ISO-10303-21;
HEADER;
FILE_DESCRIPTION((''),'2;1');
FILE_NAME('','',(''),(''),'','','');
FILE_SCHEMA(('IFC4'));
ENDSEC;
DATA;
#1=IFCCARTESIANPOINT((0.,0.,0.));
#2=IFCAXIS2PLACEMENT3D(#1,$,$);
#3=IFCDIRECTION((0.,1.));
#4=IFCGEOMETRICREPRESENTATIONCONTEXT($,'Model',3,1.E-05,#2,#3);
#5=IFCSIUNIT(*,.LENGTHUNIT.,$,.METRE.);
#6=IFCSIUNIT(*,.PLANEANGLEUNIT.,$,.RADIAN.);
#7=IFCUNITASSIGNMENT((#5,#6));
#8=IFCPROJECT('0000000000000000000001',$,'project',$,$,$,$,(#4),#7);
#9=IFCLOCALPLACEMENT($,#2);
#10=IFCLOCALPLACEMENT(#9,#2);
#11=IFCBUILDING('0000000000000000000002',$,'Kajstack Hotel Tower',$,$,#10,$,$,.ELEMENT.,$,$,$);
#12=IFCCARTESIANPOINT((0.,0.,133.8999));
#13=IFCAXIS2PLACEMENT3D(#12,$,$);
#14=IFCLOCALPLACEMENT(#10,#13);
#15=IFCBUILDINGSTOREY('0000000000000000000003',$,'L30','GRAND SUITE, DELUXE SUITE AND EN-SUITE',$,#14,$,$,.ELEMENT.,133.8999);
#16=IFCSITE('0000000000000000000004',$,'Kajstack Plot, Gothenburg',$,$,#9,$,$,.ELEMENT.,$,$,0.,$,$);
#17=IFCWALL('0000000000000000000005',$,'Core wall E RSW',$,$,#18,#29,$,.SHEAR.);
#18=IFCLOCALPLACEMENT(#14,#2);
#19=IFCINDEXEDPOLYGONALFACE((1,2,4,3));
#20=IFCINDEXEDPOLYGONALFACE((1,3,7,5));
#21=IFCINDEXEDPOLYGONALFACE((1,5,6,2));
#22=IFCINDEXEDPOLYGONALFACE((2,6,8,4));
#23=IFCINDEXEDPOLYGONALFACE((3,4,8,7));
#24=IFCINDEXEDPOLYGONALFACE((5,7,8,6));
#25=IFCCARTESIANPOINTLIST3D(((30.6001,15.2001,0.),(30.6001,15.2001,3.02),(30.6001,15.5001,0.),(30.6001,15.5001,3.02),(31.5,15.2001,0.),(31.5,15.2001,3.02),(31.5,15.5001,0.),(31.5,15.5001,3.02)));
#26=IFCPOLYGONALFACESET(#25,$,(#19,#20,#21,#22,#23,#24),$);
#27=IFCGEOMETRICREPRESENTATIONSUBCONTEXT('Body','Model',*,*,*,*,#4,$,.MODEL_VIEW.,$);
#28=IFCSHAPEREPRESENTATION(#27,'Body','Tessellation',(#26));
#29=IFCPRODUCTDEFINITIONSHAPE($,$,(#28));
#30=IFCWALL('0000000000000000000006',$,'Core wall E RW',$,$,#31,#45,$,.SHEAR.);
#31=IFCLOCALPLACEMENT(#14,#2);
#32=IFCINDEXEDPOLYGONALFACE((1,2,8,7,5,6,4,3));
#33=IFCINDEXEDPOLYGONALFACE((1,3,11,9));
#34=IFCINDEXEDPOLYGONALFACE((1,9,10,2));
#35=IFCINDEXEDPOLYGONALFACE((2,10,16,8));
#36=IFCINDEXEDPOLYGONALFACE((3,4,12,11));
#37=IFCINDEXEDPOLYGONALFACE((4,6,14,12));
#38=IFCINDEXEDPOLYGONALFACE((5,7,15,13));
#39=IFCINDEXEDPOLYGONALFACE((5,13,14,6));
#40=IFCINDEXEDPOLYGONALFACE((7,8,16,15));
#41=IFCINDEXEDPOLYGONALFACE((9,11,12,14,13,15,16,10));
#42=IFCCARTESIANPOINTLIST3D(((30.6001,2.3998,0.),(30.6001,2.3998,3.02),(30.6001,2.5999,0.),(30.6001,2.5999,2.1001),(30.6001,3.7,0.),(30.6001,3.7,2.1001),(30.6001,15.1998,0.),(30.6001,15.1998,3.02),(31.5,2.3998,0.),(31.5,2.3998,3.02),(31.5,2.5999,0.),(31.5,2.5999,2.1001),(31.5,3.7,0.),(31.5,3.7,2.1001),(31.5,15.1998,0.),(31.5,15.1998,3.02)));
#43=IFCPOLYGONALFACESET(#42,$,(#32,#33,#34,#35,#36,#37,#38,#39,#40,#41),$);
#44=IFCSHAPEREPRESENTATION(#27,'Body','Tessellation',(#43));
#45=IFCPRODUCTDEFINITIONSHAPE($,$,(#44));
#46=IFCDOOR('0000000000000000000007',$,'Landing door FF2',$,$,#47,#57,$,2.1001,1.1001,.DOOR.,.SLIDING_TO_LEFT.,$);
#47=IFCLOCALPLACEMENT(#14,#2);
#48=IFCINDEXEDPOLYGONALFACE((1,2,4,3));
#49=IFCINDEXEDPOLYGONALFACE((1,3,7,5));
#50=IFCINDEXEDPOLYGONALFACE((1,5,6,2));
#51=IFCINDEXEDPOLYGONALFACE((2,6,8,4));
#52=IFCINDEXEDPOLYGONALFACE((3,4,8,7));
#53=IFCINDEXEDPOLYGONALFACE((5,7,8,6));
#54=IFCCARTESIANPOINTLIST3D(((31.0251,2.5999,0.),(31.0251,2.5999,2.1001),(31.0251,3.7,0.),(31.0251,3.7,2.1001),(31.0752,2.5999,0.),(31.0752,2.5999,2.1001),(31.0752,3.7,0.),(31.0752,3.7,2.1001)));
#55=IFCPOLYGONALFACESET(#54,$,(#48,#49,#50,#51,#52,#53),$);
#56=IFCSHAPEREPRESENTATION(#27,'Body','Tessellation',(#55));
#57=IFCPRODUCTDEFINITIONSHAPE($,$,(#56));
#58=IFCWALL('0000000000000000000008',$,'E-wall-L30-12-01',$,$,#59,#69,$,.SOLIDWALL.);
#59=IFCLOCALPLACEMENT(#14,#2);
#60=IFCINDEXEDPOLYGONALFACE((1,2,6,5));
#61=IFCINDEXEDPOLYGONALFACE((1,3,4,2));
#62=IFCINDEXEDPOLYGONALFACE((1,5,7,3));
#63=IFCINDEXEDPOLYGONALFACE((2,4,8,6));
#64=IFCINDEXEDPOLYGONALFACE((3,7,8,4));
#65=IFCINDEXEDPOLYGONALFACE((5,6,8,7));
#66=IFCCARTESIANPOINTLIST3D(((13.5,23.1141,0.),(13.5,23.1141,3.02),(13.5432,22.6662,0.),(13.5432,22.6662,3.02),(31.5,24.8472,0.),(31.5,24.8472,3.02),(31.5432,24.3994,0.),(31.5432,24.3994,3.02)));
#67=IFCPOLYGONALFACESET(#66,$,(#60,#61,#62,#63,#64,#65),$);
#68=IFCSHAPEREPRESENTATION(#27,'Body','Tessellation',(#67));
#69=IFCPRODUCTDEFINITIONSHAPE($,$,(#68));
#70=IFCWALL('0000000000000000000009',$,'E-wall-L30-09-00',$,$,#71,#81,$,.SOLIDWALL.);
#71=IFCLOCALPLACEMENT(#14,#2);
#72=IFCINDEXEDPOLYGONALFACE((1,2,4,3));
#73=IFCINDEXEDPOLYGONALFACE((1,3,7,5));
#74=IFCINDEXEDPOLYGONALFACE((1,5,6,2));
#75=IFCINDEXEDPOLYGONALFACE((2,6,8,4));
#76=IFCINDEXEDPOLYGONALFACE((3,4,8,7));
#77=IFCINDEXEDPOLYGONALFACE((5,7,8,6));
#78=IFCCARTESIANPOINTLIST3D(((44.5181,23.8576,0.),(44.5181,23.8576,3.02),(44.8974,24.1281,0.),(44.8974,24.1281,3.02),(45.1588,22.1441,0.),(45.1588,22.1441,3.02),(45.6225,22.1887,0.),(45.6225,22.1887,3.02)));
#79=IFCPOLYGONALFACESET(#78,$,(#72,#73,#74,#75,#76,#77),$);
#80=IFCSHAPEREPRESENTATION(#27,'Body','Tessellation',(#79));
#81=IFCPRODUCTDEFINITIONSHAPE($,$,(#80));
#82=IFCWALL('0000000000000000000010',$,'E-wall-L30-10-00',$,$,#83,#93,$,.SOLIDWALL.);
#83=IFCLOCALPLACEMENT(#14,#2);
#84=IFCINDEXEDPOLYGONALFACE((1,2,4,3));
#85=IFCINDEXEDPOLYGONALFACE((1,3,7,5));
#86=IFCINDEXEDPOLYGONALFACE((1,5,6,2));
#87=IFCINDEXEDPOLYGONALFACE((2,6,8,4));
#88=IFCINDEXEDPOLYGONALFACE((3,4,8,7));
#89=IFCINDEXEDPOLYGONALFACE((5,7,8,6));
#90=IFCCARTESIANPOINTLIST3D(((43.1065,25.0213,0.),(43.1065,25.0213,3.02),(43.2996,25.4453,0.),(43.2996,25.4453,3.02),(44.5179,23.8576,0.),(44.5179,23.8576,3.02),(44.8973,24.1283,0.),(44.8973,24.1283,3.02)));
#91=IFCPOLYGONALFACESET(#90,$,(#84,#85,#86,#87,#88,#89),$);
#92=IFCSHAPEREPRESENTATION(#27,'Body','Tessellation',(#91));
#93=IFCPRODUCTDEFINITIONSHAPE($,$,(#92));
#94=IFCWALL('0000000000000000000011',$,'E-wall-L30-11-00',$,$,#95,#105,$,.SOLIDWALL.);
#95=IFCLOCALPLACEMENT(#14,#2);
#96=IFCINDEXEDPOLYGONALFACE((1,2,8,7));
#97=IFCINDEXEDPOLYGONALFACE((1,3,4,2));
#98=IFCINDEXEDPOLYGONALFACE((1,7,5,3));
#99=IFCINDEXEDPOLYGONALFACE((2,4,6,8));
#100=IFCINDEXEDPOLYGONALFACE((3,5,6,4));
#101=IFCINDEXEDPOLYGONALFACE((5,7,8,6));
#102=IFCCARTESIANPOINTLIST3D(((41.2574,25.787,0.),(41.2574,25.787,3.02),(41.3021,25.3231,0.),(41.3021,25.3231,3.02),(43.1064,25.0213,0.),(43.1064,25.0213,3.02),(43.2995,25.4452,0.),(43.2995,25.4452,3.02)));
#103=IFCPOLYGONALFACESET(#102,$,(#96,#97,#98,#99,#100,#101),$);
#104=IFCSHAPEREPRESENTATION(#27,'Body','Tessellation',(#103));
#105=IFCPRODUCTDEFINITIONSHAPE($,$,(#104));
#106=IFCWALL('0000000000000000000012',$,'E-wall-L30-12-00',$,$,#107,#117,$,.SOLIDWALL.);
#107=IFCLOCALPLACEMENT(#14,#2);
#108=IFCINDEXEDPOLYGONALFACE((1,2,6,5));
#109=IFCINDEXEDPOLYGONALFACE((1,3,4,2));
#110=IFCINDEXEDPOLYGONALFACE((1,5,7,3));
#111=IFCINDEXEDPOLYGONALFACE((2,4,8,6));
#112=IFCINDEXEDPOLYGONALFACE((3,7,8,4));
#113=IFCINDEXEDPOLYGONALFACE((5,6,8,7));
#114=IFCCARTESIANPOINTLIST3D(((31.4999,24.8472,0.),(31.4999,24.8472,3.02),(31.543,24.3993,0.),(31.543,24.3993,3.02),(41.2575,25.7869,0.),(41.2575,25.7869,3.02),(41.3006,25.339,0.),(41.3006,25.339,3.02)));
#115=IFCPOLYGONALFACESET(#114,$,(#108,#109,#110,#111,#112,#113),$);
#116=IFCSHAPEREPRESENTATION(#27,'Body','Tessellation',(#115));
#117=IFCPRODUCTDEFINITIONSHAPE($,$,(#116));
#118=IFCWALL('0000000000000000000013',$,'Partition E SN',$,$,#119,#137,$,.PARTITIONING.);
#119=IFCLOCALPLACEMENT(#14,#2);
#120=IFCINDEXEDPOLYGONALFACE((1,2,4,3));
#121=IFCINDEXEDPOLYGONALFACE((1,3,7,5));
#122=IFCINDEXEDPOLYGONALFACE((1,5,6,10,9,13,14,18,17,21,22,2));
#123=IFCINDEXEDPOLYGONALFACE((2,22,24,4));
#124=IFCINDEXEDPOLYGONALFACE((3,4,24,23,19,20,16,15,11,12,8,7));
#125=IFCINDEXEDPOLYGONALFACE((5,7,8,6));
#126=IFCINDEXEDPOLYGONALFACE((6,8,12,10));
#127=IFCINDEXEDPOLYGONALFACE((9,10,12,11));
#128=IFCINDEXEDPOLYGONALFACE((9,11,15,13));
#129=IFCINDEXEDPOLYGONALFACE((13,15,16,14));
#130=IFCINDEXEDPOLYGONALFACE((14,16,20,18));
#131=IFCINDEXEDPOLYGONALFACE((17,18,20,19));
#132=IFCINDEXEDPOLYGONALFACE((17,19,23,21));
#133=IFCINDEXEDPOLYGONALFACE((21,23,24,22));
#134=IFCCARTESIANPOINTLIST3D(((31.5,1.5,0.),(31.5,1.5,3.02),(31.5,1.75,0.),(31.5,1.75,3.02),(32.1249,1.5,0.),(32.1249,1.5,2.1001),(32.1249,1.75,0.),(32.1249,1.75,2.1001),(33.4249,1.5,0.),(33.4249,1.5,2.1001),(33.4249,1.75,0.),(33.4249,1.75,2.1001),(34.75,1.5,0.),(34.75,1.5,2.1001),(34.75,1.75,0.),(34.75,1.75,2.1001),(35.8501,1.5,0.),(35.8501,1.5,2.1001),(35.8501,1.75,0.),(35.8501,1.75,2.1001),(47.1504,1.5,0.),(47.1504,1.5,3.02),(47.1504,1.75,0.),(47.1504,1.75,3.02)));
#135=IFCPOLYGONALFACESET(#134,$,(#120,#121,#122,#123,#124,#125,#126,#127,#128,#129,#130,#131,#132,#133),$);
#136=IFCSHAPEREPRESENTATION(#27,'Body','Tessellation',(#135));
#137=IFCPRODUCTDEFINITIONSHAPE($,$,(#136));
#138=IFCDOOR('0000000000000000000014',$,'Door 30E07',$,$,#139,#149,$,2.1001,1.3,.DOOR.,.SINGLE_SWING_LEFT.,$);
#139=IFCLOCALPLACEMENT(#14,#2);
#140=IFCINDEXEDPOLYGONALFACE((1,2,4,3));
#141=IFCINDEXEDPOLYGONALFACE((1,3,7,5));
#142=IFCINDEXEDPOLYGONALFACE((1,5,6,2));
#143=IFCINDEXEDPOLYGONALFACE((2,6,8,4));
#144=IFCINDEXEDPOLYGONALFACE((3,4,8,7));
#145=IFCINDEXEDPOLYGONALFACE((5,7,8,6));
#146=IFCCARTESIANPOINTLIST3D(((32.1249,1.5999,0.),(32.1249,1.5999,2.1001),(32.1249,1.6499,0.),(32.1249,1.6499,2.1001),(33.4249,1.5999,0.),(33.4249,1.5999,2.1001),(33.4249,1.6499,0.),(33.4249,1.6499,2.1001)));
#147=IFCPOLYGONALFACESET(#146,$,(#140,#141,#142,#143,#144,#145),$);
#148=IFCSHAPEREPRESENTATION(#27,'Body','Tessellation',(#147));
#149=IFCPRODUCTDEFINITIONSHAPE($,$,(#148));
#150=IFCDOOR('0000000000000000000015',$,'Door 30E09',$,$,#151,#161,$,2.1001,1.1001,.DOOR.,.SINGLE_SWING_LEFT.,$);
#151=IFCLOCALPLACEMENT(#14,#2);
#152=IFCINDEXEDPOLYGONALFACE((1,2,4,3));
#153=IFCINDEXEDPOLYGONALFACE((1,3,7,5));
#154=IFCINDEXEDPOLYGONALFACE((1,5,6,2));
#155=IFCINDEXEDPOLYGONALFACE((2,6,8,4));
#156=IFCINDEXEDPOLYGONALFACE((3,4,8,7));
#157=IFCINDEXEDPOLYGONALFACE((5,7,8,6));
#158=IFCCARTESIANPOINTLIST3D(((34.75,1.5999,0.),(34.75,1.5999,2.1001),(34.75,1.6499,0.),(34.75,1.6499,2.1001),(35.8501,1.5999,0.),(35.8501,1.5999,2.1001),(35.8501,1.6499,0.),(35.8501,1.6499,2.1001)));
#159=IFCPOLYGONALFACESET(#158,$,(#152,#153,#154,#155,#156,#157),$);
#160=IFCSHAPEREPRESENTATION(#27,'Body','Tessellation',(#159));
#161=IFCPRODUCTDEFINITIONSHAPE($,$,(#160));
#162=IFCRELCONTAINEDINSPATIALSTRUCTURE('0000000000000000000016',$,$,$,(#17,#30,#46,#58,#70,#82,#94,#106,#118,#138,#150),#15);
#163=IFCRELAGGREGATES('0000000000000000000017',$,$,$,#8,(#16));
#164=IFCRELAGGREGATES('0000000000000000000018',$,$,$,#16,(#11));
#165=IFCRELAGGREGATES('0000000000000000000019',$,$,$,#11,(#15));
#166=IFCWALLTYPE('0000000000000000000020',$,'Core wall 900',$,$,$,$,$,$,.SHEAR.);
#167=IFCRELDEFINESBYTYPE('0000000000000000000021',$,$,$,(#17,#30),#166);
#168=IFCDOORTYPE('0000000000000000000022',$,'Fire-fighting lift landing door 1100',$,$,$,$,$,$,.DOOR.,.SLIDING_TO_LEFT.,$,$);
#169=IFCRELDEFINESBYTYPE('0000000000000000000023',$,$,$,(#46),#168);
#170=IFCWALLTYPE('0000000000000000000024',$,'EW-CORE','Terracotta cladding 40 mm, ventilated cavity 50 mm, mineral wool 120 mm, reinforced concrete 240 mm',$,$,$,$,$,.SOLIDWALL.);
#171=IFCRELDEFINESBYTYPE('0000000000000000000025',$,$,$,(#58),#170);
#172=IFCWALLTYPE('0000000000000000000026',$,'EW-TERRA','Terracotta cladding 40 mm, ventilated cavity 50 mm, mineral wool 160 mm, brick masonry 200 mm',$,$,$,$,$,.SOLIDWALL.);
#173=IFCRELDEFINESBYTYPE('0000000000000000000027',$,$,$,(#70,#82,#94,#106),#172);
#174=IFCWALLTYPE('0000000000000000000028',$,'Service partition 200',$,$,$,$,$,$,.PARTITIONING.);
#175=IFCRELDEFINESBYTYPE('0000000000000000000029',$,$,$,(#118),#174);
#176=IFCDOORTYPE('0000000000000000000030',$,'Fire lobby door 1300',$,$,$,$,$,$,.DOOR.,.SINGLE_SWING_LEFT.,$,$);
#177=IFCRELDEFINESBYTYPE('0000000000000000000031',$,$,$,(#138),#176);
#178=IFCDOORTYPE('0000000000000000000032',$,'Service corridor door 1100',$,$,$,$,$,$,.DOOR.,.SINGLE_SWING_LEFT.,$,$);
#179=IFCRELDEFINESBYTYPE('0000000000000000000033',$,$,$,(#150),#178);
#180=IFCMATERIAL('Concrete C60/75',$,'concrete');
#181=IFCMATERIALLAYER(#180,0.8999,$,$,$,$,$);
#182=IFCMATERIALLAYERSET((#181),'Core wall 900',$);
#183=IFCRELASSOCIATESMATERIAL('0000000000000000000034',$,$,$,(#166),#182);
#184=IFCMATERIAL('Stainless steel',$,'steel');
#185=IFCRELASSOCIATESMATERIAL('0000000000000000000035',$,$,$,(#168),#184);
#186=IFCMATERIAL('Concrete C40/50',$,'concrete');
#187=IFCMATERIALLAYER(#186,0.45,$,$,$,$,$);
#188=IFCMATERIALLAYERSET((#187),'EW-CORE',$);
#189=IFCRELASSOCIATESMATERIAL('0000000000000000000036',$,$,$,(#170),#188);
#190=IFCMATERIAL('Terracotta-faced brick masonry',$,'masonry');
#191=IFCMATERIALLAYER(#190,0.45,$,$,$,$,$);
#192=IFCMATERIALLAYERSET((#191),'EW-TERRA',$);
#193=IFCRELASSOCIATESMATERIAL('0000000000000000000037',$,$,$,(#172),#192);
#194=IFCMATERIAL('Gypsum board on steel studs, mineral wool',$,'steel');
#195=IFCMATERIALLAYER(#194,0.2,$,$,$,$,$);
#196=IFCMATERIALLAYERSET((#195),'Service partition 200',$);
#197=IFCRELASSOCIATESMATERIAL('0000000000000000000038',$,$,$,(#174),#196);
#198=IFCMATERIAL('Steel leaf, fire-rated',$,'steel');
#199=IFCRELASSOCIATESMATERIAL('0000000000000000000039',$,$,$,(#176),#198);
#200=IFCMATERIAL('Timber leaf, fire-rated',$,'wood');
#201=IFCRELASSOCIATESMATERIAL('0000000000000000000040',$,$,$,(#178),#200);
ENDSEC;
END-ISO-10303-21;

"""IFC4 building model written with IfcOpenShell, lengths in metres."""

from ifc_helpers import new_model, si_unit, direction, frame, frame_2d, origin, place, context, subcontext, project, spatial, polyline, rectangle, outline, extrude, material, layer, layer_set, type_object, element, fill, save


model = new_model("IFC4")

# Units and contexts
model_context = context("Model", 3, precision=1e-05, world=origin(), true_north=direction((0.0, 1.0)))
body_context = subcontext(model_context, "Body", "Model", "MODEL_VIEW")
ifc_project = project(units=[si_unit("LENGTHUNIT", "METRE"), si_unit("PLANEANGLEUNIT", "RADIAN")], contexts=[model_context])

# Site, building, storey
site_placement = place(None, origin())
site = spatial("IfcSite", under=ifc_project, at=site_placement, Name="Kajstack Plot, Gothenburg", CompositionType="ELEMENT", RefElevation=0.0)
building_placement = place(site_placement, origin())
building = spatial("IfcBuilding", under=site, at=building_placement, Name="Kajstack Hotel Tower", CompositionType="ELEMENT")
storey_placement = place(building_placement, frame((0.0, 0.0, 133.8999)))
storey = spatial("IfcBuildingStorey", under=building, at=storey_placement, Name="L30", Description="GRAND SUITE, DELUXE SUITE AND EN-SUITE", CompositionType="ELEMENT", Elevation=133.8999)

# Wall
ifc_material_1 = material(Name="Concrete C60/75", Category="concrete")
ifc_layer_1 = layer(ifc_material_1, 0.8999)
ifc_layer_set_1 = layer_set([ifc_layer_1], Name="Core wall 900")
wall_type_1 = type_object("IfcWallType", Name="Core wall 900", PredefinedType="SHEAR", material=ifc_layer_set_1)
wall_1_placement = place(storey_placement, frame((30.6001, 15.3501, 0.0), z_axis=(0.0, 0.0, 1.0), x_axis=(1.0, 0.0, 0.0)))
element("IfcWall", 1, at=wall_1_placement, inside=storey, type_object=wall_type_1, Name="Core wall E RSW", PredefinedType="SHEAR", context=body_context, shape_type="SweptSolid", body=[
    extrude(rectangle(XDim=0.8999, YDim=0.3, at=frame_2d((0.45, 0.0))), origin(), (0.0, 0.0, 1.0), 3.02),
])

# Wall, opening, door
wall_2_placement = place(storey_placement, frame((31.05, 2.3999, 0.0), z_axis=(0.0, 0.0, 1.0), x_axis=(0.0, 1.0, 0.0)))
wall_2 = element("IfcWall", 2, at=wall_2_placement, inside=storey, type_object=wall_type_1, Name="Core wall E RW", PredefinedType="SHEAR", context=body_context, shape_type="SweptSolid", body=[
    extrude(rectangle(XDim=12.8, YDim=0.8999, at=frame_2d((6.3999, 0.0))), origin(), (0.0, 0.0, 1.0), 3.02),
])
opening_1_placement = place(wall_2_placement, frame((0.2, 0.0, 0.0)))
opening_1 = element("IfcOpeningElement", 3, at=opening_1_placement, cuts=wall_2, PredefinedType="OPENING", context=body_context, shape_type="SweptSolid", body=[
    extrude(rectangle(XDim=1.1001, YDim=2.1001, at=frame_2d((0.55, 1.05))), frame((0.0, 0.46, 0.0), z_axis=(0.0, -1.0, 0.0), x_axis=(1.0, 0.0, 0.0)), (0.0, 0.0, 1.0), 0.9199),
])
ifc_material_2 = material(Name="Stainless steel", Category="steel")
door_type_1 = type_object("IfcDoorType", Name="Fire-fighting lift landing door 1100", OperationType="SLIDING_TO_LEFT", PredefinedType="DOOR", material=ifc_material_2)
door_1_placement = place(opening_1_placement, origin())
door_1 = element("IfcDoor", 4, at=door_1_placement, inside=storey, type_object=door_type_1, Name="Landing door FF2", OperationType="SLIDING_TO_LEFT", OverallHeight=2.1001, OverallWidth=1.1001, PredefinedType="DOOR", context=body_context, shape_type="SweptSolid", body=[
    extrude(rectangle(XDim=1.1001, YDim=2.1001, at=frame_2d((0.55, 1.05))), frame((0.0, 0.0249, 0.0), z_axis=(0.0, -1.0, 0.0), x_axis=(1.0, 0.0, 0.0)), (0.0, 0.0, 1.0), 0.05),
])
fill(opening_1, door_1)

# Walls
ifc_material_3 = material(Name="Concrete C40/50", Category="concrete")
ifc_layer_2 = layer(ifc_material_3, 0.45)
ifc_layer_set_2 = layer_set([ifc_layer_2], Name="EW-CORE")
wall_type_2 = type_object("IfcWallType", Name="EW-CORE", Description="Terracotta cladding 40 mm, ventilated cavity 50 mm, mineral wool 120 mm, reinforced concrete 240 mm", PredefinedType="SOLIDWALL", material=ifc_layer_set_2)
wall_3_placement = place(storey_placement, frame((31.5215, 24.6233, 0.0), z_axis=(0.0, 0.0, 1.0), x_axis=(-0.995396, -0.095843, 0.0)))
element("IfcWall", 5, at=wall_3_placement, inside=storey, type_object=wall_type_2, Name="E-wall-L30-12-01", PredefinedType="SOLIDWALL", context=body_context, shape_type="SweptSolid", body=[
    extrude(rectangle(XDim=18.0833, YDim=0.45, at=frame_2d((9.0415, 0.0))), origin(), (0.0, 0.0, 1.0), 3.02),
])
ifc_material_4 = material(Name="Terracotta-faced brick masonry", Category="masonry")
ifc_layer_3 = layer(ifc_material_4, 0.45)
ifc_layer_set_3 = layer_set([ifc_layer_3], Name="EW-TERRA")
wall_type_3 = type_object("IfcWallType", Name="EW-TERRA", Description="Terracotta cladding 40 mm, ventilated cavity 50 mm, mineral wool 160 mm, brick masonry 200 mm", PredefinedType="SOLIDWALL", material=ifc_layer_set_3)
wall_4_placement = place(storey_placement, frame((45.4116, 22.1099, 0.0), z_axis=(0.0, 0.0, 1.0), x_axis=(-0.350193, 0.936678, 0.0)))
element("IfcWall", 6, at=wall_4_placement, inside=storey, type_object=wall_type_3, Name="E-wall-L30-09-00", PredefinedType="SOLIDWALL", context=body_context, shape_type="SweptSolid", body=[
    extrude(outline(polyline([(0.0, -0.2251), (2.0706, -0.2251), (1.95, 0.2249), (0.1206, 0.2249), (0.0, -0.2251)])), origin(), (0.0, 0.0, 1.0), 3.02),
])
wall_5_placement = place(storey_placement, frame((44.7542, 23.9546, 0.0), z_axis=(0.0, 0.0, 1.0), x_axis=(-0.771651, 0.636046, 0.0)))
element("IfcWall", 7, at=wall_5_placement, inside=storey, type_object=wall_type_3, Name="E-wall-L30-10-00", PredefinedType="SOLIDWALL", context=body_context, shape_type="SweptSolid", body=[
    extrude(outline(polyline([(0.0, -0.2251), (2.0706, -0.2251), (1.95, 0.2249), (0.1206, 0.2251), (0.0, -0.2251)])), origin(), (0.0, 0.0, 1.0), 3.02),
])
wall_6_placement = place(storey_placement, frame((43.2625, 25.2234, 0.0), z_axis=(0.0, 0.0, 1.0), x_axis=(-0.986298, 0.164973, 0.0)))
element("IfcWall", 8, at=wall_6_placement, inside=storey, type_object=wall_type_3, Name="E-wall-L30-11-00", PredefinedType="SOLIDWALL", context=body_context, shape_type="SweptSolid", body=[
    extrude(outline(polyline([(0.0, -0.2249), (2.0706, -0.2251), (1.95, 0.2251), (0.1206, 0.2251), (0.0, -0.2249)])), origin(), (0.0, 0.0, 1.0), 3.02),
])
wall_7_placement = place(storey_placement, frame((41.2791, 25.563, 0.0), z_axis=(0.0, 0.0, 1.0), x_axis=(-0.995395, -0.095861, 0.0)))
element("IfcWall", 9, at=wall_7_placement, inside=storey, type_object=wall_type_3, Name="E-wall-L30-12-00", PredefinedType="SOLIDWALL", context=body_context, shape_type="SweptSolid", body=[
    extrude(rectangle(XDim=9.8027, YDim=0.45, at=frame_2d((4.9014, 0.0))), origin(), (0.0, 0.0, 1.0), 3.02),
])

# Wall, openings, doors
ifc_material_5 = material(Name="Gypsum board on steel studs, mineral wool", Category="steel")
ifc_layer_4 = layer(ifc_material_5, 0.2)
ifc_layer_set_4 = layer_set([ifc_layer_4], Name="Service partition 200")
wall_type_4 = type_object("IfcWallType", Name="Service partition 200", PredefinedType="PARTITIONING", material=ifc_layer_set_4)
wall_8_placement = place(storey_placement, frame((31.5, 1.625, 0.0), z_axis=(0.0, 0.0, 1.0), x_axis=(1.0, 0.0, 0.0)))
wall_8 = element("IfcWall", 10, at=wall_8_placement, inside=storey, type_object=wall_type_4, Name="Partition E SN", PredefinedType="PARTITIONING", context=body_context, shape_type="SweptSolid", body=[
    extrude(rectangle(XDim=15.6504, YDim=0.25, at=frame_2d((7.8252, 0.0))), origin(), (0.0, 0.0, 1.0), 3.02),
])
opening_2_placement = place(wall_8_placement, frame((0.625, 0.0, 0.0)))
opening_2 = element("IfcOpeningElement", 11, at=opening_2_placement, cuts=wall_8, PredefinedType="OPENING", context=body_context, shape_type="SweptSolid", body=[
    extrude(rectangle(XDim=1.3, YDim=2.1001, at=frame_2d((0.6499, 1.05))), frame((0.0, 0.135, 0.0), z_axis=(0.0, -1.0, 0.0), x_axis=(1.0, 0.0, 0.0)), (0.0, 0.0, 1.0), 0.27),
])
opening_3_placement = place(wall_8_placement, frame((3.25, 0.0, 0.0)))
opening_3 = element("IfcOpeningElement", 12, at=opening_3_placement, cuts=wall_8, PredefinedType="OPENING", context=body_context, shape_type="SweptSolid", body=[
    extrude(rectangle(XDim=1.1001, YDim=2.1001, at=frame_2d((0.55, 1.05))), frame((0.0, 0.135, 0.0), z_axis=(0.0, -1.0, 0.0), x_axis=(1.0, 0.0, 0.0)), (0.0, 0.0, 1.0), 0.27),
])
ifc_material_6 = material(Name="Steel leaf, fire-rated", Category="steel")
door_type_2 = type_object("IfcDoorType", Name="Fire lobby door 1300", OperationType="SINGLE_SWING_LEFT", PredefinedType="DOOR", material=ifc_material_6)
door_2_placement = place(opening_2_placement, origin())
door_2 = element("IfcDoor", 13, at=door_2_placement, inside=storey, type_object=door_type_2, Name="Door 30E07", OperationType="SINGLE_SWING_LEFT", OverallHeight=2.1001, OverallWidth=1.3, PredefinedType="DOOR", context=body_context, shape_type="SweptSolid", body=[
    extrude(rectangle(XDim=1.3, YDim=2.1001, at=frame_2d((0.6499, 1.05))), frame((0.0, 0.0249, 0.0), z_axis=(0.0, -1.0, 0.0), x_axis=(1.0, 0.0, 0.0)), (0.0, 0.0, 1.0), 0.05),
])
fill(opening_2, door_2)
ifc_material_7 = material(Name="Timber leaf, fire-rated", Category="wood")
door_type_3 = type_object("IfcDoorType", Name="Service corridor door 1100", OperationType="SINGLE_SWING_LEFT", PredefinedType="DOOR", material=ifc_material_7)
door_3_placement = place(opening_3_placement, origin())
door_3 = element("IfcDoor", 14, at=door_3_placement, inside=storey, type_object=door_type_3, Name="Door 30E09", OperationType="SINGLE_SWING_LEFT", OverallHeight=2.1001, OverallWidth=1.1001, PredefinedType="DOOR", context=body_context, shape_type="SweptSolid", body=[
    extrude(rectangle(XDim=1.1001, YDim=2.1001, at=frame_2d((0.55, 1.05))), frame((0.0, 0.0249, 0.0), z_axis=(0.0, -1.0, 0.0), x_axis=(1.0, 0.0, 0.0)), (0.0, 0.0, 1.0), 0.05),
])
fill(opening_3, door_3)

save(model, "model.ifc")
